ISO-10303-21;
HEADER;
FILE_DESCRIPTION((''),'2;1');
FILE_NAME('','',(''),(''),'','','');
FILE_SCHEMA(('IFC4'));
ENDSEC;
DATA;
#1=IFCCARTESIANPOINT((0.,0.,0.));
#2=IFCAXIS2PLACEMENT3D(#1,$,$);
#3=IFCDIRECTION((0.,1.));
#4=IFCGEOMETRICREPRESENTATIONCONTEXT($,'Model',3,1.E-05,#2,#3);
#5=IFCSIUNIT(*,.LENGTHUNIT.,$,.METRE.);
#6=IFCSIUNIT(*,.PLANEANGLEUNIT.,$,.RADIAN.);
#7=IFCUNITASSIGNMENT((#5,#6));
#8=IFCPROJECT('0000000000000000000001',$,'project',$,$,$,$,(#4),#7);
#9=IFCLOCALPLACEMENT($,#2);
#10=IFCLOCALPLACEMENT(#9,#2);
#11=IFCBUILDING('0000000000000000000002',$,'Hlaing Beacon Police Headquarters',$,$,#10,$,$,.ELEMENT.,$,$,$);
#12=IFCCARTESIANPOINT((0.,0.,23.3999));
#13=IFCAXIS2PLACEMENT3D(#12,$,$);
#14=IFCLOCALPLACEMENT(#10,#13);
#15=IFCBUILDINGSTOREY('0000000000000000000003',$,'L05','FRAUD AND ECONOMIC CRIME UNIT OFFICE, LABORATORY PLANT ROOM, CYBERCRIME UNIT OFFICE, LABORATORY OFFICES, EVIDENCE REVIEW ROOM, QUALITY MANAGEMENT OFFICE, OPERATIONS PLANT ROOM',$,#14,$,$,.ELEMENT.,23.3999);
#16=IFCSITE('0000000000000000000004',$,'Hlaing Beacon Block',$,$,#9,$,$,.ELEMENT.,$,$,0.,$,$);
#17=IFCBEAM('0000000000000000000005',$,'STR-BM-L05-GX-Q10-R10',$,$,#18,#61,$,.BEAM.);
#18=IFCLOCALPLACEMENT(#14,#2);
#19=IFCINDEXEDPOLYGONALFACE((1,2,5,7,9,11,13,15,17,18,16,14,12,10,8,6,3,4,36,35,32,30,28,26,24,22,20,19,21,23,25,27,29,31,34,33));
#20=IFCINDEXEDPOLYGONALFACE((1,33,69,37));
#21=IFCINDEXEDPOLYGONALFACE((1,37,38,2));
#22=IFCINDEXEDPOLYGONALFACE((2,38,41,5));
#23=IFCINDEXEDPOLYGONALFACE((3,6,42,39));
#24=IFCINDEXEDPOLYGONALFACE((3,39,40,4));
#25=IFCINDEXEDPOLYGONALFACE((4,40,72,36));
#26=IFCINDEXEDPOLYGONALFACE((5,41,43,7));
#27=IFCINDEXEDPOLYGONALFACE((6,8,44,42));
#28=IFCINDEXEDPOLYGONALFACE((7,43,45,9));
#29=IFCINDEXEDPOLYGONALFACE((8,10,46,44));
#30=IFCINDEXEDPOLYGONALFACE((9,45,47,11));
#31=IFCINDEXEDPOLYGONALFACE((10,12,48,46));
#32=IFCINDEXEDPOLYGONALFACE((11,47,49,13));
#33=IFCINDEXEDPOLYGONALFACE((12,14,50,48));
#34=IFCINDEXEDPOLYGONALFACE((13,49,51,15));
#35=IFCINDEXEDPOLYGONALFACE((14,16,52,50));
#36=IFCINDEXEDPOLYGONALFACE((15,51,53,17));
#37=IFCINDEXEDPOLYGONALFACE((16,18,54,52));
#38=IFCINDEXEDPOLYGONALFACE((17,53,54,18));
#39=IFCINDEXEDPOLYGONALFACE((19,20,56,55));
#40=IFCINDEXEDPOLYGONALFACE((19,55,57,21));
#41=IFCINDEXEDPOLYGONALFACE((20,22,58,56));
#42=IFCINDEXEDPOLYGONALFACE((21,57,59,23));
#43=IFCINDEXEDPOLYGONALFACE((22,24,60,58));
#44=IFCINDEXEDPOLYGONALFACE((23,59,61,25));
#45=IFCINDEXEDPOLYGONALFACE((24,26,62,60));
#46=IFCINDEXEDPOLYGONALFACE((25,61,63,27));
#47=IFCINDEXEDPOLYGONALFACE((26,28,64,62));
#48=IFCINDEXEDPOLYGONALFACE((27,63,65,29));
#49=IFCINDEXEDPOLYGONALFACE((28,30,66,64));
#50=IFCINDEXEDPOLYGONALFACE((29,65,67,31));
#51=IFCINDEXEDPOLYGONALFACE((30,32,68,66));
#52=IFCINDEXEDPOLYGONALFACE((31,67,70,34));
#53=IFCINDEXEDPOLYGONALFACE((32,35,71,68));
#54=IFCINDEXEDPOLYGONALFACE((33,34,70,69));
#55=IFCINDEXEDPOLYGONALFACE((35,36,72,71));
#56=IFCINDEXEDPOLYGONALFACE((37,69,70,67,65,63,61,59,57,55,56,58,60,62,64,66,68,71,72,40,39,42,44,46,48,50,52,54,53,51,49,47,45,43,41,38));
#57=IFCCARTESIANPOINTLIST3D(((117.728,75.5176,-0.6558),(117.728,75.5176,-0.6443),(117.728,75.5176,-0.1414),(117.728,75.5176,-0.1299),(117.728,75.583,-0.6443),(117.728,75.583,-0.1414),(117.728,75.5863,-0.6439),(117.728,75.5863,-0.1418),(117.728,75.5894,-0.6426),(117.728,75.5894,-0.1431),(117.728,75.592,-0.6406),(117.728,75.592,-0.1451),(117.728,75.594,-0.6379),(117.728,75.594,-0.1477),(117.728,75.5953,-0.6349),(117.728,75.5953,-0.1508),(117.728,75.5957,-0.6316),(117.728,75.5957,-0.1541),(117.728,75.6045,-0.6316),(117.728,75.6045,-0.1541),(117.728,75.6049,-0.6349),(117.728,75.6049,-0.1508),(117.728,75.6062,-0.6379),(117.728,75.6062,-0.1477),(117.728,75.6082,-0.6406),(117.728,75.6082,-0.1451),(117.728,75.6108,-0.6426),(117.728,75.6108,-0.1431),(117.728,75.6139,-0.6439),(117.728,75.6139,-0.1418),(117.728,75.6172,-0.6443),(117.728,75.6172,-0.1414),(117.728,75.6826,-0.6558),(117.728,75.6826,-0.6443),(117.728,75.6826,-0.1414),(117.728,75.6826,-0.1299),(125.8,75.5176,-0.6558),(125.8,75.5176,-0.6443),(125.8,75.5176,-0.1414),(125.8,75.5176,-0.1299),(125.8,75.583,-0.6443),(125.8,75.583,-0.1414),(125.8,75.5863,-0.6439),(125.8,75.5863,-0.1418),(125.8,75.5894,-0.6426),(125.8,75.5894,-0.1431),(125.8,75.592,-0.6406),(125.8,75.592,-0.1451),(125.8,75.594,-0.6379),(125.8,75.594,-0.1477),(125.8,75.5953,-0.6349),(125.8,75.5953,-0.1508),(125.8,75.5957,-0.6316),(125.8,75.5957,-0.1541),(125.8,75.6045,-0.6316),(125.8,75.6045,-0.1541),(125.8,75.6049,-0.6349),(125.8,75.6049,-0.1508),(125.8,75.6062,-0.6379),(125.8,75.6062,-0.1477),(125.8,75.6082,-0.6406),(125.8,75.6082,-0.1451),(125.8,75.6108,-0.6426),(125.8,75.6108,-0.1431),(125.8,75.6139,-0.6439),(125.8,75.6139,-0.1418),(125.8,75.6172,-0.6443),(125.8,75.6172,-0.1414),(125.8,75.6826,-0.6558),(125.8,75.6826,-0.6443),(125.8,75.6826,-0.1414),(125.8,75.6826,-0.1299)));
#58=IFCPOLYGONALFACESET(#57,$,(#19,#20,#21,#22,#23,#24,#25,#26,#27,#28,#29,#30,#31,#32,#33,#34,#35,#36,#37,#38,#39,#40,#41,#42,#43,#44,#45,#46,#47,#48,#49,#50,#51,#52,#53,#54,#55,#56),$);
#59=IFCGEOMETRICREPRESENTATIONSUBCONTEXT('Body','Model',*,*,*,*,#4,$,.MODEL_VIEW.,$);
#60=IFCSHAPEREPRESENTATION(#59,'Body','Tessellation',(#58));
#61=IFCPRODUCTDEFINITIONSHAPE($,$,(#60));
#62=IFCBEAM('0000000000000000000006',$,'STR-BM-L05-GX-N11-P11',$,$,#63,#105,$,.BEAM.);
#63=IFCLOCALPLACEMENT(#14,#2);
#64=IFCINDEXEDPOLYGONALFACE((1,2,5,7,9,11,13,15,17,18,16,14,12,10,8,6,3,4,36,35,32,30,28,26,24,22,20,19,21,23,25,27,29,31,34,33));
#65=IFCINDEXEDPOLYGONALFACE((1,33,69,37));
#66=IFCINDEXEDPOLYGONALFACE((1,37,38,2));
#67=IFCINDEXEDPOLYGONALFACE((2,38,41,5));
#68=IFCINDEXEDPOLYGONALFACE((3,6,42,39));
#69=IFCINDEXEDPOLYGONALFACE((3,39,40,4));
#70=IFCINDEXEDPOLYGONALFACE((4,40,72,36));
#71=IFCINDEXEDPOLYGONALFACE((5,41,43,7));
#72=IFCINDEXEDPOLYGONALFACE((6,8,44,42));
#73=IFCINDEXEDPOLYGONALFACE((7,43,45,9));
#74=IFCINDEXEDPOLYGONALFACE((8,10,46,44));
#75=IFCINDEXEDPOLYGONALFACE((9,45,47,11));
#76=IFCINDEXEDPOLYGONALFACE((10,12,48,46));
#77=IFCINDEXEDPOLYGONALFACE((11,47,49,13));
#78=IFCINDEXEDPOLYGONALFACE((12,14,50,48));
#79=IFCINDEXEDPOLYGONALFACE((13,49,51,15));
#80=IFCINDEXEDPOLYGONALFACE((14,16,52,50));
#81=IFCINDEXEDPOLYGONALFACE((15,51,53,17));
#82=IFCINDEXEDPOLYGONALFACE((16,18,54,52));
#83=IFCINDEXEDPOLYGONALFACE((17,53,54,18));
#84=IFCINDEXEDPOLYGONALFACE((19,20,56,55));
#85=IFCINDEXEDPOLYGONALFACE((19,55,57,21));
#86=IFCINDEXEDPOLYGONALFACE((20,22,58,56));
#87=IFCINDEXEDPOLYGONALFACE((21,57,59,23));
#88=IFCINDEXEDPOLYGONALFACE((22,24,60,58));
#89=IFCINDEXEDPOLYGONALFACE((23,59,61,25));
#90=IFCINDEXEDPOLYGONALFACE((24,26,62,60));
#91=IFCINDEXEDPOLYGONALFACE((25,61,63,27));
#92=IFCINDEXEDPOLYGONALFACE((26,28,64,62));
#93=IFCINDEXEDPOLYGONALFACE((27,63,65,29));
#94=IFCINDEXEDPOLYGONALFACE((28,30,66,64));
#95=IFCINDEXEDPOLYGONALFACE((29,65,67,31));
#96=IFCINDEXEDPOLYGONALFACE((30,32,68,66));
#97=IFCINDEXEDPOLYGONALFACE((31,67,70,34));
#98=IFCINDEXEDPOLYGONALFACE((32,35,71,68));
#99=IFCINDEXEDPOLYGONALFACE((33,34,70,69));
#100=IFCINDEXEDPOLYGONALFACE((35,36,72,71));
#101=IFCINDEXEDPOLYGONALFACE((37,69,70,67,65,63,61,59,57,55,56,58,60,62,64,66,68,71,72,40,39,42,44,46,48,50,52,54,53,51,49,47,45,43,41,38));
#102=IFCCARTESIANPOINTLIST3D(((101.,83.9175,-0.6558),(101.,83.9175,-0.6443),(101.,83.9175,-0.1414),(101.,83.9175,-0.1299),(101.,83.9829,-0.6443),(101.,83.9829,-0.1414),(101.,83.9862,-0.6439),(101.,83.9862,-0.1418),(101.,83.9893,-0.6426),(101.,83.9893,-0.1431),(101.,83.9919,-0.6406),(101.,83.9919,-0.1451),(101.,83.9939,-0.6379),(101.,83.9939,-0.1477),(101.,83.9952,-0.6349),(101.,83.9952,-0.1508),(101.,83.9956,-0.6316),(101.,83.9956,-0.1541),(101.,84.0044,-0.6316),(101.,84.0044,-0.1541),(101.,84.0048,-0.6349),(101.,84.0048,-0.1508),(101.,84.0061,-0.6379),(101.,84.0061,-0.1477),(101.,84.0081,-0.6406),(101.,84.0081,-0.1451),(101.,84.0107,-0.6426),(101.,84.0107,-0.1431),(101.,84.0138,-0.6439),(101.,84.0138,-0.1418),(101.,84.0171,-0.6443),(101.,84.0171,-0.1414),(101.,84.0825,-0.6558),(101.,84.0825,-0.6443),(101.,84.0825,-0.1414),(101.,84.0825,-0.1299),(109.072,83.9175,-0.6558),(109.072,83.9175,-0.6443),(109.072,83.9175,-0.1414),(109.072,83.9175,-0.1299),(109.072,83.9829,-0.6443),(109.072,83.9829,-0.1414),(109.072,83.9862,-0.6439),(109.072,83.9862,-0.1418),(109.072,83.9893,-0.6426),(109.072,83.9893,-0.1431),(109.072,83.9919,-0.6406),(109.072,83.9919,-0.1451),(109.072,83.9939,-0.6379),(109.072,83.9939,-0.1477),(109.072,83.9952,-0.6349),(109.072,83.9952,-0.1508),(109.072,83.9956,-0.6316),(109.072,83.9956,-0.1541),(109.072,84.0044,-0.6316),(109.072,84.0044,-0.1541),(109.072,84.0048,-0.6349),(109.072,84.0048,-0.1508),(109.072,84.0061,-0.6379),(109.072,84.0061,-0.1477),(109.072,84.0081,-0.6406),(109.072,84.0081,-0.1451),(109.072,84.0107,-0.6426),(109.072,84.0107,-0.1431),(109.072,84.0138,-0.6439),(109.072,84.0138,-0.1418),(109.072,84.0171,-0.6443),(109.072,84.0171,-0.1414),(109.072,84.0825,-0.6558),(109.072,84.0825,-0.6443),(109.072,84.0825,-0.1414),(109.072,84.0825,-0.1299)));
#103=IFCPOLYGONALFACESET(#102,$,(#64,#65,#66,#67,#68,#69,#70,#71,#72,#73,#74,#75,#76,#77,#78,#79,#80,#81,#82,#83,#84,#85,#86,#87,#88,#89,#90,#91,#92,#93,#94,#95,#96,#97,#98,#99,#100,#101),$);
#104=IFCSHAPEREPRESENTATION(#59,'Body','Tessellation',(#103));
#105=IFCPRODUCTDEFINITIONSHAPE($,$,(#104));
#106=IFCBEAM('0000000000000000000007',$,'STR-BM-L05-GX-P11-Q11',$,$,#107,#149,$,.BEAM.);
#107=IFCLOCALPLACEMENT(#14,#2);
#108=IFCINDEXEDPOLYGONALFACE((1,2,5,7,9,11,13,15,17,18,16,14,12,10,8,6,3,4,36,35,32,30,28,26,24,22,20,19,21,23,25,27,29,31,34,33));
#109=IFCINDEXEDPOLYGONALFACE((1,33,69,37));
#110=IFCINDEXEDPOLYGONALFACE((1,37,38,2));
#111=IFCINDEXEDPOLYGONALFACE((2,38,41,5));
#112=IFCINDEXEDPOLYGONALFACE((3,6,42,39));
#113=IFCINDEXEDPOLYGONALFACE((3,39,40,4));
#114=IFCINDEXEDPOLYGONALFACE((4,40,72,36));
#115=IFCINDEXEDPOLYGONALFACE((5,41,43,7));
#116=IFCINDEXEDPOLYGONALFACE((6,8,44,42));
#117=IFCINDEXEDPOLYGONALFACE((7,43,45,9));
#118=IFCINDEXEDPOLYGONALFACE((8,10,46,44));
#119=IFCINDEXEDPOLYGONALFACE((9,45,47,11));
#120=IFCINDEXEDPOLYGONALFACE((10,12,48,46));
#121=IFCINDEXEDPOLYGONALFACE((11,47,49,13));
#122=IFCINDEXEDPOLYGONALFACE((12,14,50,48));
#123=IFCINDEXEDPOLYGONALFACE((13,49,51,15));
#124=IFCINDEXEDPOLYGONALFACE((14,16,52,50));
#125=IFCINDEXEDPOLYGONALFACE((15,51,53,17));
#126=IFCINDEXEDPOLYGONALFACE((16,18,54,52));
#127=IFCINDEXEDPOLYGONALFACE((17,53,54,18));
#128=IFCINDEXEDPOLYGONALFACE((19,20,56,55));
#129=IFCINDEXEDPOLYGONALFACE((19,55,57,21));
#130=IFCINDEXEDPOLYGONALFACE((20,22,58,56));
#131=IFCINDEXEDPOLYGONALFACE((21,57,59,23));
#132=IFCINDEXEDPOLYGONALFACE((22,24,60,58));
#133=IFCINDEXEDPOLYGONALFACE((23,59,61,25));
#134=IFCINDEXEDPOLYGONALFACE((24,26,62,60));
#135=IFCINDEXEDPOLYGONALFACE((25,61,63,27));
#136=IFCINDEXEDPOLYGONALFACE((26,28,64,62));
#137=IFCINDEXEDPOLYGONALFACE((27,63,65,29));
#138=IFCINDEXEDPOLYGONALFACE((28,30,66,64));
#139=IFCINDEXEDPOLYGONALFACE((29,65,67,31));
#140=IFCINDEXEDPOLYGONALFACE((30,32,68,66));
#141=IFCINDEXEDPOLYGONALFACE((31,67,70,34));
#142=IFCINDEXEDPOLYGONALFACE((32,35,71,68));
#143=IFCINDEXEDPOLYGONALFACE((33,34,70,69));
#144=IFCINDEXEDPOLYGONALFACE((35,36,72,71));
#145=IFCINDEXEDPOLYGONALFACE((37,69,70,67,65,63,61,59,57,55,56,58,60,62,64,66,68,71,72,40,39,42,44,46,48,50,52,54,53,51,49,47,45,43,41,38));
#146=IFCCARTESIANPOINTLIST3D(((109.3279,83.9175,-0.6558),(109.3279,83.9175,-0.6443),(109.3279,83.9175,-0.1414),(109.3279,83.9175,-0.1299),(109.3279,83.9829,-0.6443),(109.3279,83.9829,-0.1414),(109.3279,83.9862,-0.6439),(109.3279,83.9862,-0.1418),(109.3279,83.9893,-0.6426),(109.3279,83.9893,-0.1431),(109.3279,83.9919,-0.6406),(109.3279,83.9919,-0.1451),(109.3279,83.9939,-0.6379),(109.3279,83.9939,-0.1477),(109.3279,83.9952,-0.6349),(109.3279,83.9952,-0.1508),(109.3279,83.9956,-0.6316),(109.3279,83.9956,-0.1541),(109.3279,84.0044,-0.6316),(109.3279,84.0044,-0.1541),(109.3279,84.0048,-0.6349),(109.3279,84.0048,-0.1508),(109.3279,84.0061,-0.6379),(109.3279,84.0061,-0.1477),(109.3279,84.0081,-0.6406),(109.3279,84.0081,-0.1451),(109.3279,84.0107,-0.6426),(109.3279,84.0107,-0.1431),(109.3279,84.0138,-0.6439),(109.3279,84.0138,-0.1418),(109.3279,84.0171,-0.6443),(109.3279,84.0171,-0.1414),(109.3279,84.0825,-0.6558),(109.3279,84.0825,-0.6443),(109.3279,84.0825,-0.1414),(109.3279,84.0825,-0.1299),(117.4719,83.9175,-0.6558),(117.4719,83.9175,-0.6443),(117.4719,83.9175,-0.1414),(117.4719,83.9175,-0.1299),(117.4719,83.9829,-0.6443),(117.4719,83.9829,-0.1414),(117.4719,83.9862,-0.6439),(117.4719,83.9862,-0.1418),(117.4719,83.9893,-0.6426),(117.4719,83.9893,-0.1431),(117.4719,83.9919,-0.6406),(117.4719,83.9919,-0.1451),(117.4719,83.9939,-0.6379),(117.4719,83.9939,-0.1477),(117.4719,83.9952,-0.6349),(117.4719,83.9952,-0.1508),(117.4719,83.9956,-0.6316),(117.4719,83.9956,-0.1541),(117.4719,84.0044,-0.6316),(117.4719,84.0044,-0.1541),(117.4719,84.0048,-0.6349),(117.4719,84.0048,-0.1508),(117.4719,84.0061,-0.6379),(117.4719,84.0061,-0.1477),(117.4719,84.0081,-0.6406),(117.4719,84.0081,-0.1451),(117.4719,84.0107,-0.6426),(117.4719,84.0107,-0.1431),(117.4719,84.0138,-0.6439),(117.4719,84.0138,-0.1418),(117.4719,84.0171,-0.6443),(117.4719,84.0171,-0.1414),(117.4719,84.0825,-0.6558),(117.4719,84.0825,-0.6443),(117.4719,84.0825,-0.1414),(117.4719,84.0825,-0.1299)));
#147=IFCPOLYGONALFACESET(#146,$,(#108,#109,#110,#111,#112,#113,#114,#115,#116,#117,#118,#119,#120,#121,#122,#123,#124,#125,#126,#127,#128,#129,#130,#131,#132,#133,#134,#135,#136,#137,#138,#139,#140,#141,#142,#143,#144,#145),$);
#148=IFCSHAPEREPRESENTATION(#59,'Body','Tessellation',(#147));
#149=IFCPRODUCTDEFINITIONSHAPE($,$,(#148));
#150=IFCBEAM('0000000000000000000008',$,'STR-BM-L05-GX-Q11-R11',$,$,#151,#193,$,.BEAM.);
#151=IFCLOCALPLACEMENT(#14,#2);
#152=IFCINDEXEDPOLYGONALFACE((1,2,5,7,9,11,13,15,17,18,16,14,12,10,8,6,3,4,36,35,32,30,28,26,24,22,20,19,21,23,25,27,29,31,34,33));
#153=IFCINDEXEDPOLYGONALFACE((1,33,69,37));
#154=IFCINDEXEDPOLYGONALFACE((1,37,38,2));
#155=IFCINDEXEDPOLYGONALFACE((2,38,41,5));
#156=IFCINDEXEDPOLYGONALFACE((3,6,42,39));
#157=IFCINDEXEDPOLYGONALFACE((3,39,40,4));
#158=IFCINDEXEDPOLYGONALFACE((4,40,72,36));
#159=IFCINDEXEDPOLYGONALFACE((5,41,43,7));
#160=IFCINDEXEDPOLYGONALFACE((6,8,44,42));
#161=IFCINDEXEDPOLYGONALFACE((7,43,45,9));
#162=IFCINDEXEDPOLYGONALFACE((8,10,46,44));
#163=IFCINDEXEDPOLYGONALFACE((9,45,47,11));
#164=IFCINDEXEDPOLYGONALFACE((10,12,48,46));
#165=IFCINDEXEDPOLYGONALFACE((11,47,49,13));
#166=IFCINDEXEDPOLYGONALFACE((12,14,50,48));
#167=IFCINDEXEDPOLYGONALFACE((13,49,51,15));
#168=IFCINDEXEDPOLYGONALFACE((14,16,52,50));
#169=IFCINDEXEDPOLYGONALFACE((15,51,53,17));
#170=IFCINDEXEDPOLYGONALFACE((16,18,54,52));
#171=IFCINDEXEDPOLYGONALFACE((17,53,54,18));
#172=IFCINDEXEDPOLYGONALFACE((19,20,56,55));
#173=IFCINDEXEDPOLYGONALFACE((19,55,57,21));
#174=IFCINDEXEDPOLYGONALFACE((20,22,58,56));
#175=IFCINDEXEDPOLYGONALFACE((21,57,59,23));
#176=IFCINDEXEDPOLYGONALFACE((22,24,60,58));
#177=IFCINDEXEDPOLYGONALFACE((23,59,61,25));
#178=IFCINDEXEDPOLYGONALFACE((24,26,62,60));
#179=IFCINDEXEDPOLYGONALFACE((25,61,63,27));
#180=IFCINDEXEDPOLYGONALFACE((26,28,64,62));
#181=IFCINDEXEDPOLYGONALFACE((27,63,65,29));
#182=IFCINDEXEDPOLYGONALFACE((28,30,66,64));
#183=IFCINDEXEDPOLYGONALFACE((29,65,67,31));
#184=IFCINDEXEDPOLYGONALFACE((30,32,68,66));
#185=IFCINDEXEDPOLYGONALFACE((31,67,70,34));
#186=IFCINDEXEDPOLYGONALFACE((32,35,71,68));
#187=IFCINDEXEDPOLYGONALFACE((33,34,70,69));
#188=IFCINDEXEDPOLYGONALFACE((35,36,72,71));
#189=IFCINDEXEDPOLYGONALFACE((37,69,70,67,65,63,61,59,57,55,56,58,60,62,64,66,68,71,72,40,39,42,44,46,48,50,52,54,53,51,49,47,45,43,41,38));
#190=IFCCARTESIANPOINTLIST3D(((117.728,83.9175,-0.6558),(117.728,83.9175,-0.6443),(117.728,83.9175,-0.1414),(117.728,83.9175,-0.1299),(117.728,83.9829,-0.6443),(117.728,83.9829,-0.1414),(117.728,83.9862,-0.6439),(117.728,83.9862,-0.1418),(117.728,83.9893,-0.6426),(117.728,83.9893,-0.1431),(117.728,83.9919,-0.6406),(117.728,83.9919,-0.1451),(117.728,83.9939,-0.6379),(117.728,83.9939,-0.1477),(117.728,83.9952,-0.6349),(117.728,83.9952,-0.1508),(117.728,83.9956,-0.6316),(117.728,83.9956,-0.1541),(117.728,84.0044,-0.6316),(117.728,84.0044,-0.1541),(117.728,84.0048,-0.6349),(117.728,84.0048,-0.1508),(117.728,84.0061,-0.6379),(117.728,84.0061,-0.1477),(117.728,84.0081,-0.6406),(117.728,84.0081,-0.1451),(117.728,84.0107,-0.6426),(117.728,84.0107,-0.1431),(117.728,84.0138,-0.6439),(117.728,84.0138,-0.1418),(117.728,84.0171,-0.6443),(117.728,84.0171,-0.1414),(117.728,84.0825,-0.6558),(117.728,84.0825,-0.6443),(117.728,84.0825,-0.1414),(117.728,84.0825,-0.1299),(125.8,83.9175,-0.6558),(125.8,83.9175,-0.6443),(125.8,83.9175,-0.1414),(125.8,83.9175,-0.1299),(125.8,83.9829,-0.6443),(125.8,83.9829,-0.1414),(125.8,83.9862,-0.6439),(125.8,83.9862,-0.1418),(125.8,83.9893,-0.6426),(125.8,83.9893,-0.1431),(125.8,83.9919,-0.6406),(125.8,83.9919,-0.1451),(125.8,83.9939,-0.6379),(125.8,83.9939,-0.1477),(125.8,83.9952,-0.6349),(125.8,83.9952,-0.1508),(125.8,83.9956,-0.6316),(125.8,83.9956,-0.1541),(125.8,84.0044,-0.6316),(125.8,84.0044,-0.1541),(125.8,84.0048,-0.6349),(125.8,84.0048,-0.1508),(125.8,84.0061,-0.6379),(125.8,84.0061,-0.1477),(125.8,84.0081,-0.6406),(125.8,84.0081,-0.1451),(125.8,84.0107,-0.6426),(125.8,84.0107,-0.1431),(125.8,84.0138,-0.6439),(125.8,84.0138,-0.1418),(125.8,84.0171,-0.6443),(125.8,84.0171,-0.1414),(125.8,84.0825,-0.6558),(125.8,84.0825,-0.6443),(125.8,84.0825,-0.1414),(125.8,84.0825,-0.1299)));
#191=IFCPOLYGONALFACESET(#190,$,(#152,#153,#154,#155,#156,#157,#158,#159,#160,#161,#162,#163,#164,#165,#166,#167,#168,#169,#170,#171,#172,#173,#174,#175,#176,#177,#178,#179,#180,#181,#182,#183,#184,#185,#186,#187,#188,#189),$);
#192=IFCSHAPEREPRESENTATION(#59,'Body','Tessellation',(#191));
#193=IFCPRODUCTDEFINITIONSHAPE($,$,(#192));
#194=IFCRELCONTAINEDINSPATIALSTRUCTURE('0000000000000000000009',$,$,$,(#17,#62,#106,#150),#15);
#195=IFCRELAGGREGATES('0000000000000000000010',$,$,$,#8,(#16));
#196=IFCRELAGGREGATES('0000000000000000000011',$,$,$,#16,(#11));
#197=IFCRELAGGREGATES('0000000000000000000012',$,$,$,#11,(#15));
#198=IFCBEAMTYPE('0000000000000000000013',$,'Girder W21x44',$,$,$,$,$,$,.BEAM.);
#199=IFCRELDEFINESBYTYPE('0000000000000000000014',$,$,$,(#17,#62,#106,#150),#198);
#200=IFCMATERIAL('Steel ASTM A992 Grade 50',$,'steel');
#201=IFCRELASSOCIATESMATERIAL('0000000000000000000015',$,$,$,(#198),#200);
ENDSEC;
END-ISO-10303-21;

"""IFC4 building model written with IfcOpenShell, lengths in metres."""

from ifc_helpers import new_model, si_unit, direction, frame, origin, origin_2d, place, context, subcontext, project, spatial, i_section, extrude, material, material_profile, profile_set, type_object, element, save


model = new_model("IFC4")

# Units and contexts
model_context = context("Model", 3, precision=1e-05, world=origin(), true_north=direction((0.0, 1.0)))
body_context = subcontext(model_context, "Body", "Model", "MODEL_VIEW")
ifc_project = project(units=[si_unit("LENGTHUNIT", "METRE"), si_unit("PLANEANGLEUNIT", "RADIAN")], contexts=[model_context])

# Site, building, storey
site_placement = place(None, origin())
site = spatial("IfcSite", under=ifc_project, at=site_placement, Name="Hlaing Beacon Block", CompositionType="ELEMENT", RefElevation=0.0)
building_placement = place(site_placement, origin())
building = spatial("IfcBuilding", under=site, at=building_placement, Name="Hlaing Beacon Police Headquarters", CompositionType="ELEMENT")
storey_placement = place(building_placement, frame((0.0, 0.0, 23.3999)))
storey = spatial("IfcBuildingStorey", under=building, at=storey_placement, Name="L05", Description="FRAUD AND ECONOMIC CRIME UNIT OFFICE, LABORATORY PLANT ROOM, CYBERCRIME UNIT OFFICE, LABORATORY OFFICES, EVIDENCE REVIEW ROOM, QUALITY MANAGEMENT OFFICE, OPERATIONS PLANT ROOM", CompositionType="ELEMENT", Elevation=23.3999)

# Beams
ifc_material_1 = material(Name="Steel ASTM A992 Grade 50", Category="steel")
ifc_material_profile_1 = material_profile(ifc_material_1, i_section(OverallWidth=0.165, OverallDepth=0.5259, WebThickness=0.0088, FlangeThickness=0.0115, FilletRadius=0.0127, at=origin_2d()), Name="W21x44")
ifc_profile_set_1 = profile_set([ifc_material_profile_1], Name="Steel ASTM A992 Grade 50")
beam_type_1 = type_object("IfcBeamType", Name="Girder W21x44", PredefinedType="BEAM", material=ifc_profile_set_1)
for number, where, z_axis, x_axis, name in (
    (1, (117.728, 75.6001, -0.3928), (1.0, 0.0, 0.0), (0.0, 1.0, 0.0), "STR-BM-L05-GX-Q10-R10"),
    (2, (101.0, 84.0, -0.3928), (1.0, 0.0, 0.0), (0.0, 1.0, 0.0), "STR-BM-L05-GX-N11-P11"),
):
    element("IfcBeam", number, at=place(storey_placement, frame(where, z_axis=z_axis, x_axis=x_axis)), inside=storey, type_object=beam_type_1, Name=name, PredefinedType="BEAM", context=body_context, shape_type="SweptSolid", body=[
        extrude(i_section(OverallWidth=0.165, OverallDepth=0.5259, WebThickness=0.0088, FlangeThickness=0.0115, FilletRadius=0.0127, at=origin_2d()), origin(), (0.0, 0.0, 1.0), 8.072),
    ])
beam_1_placement = place(storey_placement, frame((109.3279, 84.0, -0.3928), z_axis=(1.0, 0.0, 0.0), x_axis=(0.0, 1.0, 0.0)))
element("IfcBeam", 3, at=beam_1_placement, inside=storey, type_object=beam_type_1, Name="STR-BM-L05-GX-P11-Q11", PredefinedType="BEAM", context=body_context, shape_type="SweptSolid", body=[
    extrude(i_section(OverallWidth=0.165, OverallDepth=0.5259, WebThickness=0.0088, FlangeThickness=0.0115, FilletRadius=0.0127, at=origin_2d()), origin(), (0.0, 0.0, 1.0), 8.144),
])
beam_2_placement = place(storey_placement, frame((117.728, 84.0, -0.3928), z_axis=(1.0, 0.0, 0.0), x_axis=(0.0, 1.0, 0.0)))
element("IfcBeam", 4, at=beam_2_placement, inside=storey, type_object=beam_type_1, Name="STR-BM-L05-GX-Q11-R11", PredefinedType="BEAM", context=body_context, shape_type="SweptSolid", body=[
    extrude(i_section(OverallWidth=0.165, OverallDepth=0.5259, WebThickness=0.0088, FlangeThickness=0.0115, FilletRadius=0.0127, at=origin_2d()), origin(), (0.0, 0.0, 1.0), 8.072),
])

save(model, "model.ifc")
